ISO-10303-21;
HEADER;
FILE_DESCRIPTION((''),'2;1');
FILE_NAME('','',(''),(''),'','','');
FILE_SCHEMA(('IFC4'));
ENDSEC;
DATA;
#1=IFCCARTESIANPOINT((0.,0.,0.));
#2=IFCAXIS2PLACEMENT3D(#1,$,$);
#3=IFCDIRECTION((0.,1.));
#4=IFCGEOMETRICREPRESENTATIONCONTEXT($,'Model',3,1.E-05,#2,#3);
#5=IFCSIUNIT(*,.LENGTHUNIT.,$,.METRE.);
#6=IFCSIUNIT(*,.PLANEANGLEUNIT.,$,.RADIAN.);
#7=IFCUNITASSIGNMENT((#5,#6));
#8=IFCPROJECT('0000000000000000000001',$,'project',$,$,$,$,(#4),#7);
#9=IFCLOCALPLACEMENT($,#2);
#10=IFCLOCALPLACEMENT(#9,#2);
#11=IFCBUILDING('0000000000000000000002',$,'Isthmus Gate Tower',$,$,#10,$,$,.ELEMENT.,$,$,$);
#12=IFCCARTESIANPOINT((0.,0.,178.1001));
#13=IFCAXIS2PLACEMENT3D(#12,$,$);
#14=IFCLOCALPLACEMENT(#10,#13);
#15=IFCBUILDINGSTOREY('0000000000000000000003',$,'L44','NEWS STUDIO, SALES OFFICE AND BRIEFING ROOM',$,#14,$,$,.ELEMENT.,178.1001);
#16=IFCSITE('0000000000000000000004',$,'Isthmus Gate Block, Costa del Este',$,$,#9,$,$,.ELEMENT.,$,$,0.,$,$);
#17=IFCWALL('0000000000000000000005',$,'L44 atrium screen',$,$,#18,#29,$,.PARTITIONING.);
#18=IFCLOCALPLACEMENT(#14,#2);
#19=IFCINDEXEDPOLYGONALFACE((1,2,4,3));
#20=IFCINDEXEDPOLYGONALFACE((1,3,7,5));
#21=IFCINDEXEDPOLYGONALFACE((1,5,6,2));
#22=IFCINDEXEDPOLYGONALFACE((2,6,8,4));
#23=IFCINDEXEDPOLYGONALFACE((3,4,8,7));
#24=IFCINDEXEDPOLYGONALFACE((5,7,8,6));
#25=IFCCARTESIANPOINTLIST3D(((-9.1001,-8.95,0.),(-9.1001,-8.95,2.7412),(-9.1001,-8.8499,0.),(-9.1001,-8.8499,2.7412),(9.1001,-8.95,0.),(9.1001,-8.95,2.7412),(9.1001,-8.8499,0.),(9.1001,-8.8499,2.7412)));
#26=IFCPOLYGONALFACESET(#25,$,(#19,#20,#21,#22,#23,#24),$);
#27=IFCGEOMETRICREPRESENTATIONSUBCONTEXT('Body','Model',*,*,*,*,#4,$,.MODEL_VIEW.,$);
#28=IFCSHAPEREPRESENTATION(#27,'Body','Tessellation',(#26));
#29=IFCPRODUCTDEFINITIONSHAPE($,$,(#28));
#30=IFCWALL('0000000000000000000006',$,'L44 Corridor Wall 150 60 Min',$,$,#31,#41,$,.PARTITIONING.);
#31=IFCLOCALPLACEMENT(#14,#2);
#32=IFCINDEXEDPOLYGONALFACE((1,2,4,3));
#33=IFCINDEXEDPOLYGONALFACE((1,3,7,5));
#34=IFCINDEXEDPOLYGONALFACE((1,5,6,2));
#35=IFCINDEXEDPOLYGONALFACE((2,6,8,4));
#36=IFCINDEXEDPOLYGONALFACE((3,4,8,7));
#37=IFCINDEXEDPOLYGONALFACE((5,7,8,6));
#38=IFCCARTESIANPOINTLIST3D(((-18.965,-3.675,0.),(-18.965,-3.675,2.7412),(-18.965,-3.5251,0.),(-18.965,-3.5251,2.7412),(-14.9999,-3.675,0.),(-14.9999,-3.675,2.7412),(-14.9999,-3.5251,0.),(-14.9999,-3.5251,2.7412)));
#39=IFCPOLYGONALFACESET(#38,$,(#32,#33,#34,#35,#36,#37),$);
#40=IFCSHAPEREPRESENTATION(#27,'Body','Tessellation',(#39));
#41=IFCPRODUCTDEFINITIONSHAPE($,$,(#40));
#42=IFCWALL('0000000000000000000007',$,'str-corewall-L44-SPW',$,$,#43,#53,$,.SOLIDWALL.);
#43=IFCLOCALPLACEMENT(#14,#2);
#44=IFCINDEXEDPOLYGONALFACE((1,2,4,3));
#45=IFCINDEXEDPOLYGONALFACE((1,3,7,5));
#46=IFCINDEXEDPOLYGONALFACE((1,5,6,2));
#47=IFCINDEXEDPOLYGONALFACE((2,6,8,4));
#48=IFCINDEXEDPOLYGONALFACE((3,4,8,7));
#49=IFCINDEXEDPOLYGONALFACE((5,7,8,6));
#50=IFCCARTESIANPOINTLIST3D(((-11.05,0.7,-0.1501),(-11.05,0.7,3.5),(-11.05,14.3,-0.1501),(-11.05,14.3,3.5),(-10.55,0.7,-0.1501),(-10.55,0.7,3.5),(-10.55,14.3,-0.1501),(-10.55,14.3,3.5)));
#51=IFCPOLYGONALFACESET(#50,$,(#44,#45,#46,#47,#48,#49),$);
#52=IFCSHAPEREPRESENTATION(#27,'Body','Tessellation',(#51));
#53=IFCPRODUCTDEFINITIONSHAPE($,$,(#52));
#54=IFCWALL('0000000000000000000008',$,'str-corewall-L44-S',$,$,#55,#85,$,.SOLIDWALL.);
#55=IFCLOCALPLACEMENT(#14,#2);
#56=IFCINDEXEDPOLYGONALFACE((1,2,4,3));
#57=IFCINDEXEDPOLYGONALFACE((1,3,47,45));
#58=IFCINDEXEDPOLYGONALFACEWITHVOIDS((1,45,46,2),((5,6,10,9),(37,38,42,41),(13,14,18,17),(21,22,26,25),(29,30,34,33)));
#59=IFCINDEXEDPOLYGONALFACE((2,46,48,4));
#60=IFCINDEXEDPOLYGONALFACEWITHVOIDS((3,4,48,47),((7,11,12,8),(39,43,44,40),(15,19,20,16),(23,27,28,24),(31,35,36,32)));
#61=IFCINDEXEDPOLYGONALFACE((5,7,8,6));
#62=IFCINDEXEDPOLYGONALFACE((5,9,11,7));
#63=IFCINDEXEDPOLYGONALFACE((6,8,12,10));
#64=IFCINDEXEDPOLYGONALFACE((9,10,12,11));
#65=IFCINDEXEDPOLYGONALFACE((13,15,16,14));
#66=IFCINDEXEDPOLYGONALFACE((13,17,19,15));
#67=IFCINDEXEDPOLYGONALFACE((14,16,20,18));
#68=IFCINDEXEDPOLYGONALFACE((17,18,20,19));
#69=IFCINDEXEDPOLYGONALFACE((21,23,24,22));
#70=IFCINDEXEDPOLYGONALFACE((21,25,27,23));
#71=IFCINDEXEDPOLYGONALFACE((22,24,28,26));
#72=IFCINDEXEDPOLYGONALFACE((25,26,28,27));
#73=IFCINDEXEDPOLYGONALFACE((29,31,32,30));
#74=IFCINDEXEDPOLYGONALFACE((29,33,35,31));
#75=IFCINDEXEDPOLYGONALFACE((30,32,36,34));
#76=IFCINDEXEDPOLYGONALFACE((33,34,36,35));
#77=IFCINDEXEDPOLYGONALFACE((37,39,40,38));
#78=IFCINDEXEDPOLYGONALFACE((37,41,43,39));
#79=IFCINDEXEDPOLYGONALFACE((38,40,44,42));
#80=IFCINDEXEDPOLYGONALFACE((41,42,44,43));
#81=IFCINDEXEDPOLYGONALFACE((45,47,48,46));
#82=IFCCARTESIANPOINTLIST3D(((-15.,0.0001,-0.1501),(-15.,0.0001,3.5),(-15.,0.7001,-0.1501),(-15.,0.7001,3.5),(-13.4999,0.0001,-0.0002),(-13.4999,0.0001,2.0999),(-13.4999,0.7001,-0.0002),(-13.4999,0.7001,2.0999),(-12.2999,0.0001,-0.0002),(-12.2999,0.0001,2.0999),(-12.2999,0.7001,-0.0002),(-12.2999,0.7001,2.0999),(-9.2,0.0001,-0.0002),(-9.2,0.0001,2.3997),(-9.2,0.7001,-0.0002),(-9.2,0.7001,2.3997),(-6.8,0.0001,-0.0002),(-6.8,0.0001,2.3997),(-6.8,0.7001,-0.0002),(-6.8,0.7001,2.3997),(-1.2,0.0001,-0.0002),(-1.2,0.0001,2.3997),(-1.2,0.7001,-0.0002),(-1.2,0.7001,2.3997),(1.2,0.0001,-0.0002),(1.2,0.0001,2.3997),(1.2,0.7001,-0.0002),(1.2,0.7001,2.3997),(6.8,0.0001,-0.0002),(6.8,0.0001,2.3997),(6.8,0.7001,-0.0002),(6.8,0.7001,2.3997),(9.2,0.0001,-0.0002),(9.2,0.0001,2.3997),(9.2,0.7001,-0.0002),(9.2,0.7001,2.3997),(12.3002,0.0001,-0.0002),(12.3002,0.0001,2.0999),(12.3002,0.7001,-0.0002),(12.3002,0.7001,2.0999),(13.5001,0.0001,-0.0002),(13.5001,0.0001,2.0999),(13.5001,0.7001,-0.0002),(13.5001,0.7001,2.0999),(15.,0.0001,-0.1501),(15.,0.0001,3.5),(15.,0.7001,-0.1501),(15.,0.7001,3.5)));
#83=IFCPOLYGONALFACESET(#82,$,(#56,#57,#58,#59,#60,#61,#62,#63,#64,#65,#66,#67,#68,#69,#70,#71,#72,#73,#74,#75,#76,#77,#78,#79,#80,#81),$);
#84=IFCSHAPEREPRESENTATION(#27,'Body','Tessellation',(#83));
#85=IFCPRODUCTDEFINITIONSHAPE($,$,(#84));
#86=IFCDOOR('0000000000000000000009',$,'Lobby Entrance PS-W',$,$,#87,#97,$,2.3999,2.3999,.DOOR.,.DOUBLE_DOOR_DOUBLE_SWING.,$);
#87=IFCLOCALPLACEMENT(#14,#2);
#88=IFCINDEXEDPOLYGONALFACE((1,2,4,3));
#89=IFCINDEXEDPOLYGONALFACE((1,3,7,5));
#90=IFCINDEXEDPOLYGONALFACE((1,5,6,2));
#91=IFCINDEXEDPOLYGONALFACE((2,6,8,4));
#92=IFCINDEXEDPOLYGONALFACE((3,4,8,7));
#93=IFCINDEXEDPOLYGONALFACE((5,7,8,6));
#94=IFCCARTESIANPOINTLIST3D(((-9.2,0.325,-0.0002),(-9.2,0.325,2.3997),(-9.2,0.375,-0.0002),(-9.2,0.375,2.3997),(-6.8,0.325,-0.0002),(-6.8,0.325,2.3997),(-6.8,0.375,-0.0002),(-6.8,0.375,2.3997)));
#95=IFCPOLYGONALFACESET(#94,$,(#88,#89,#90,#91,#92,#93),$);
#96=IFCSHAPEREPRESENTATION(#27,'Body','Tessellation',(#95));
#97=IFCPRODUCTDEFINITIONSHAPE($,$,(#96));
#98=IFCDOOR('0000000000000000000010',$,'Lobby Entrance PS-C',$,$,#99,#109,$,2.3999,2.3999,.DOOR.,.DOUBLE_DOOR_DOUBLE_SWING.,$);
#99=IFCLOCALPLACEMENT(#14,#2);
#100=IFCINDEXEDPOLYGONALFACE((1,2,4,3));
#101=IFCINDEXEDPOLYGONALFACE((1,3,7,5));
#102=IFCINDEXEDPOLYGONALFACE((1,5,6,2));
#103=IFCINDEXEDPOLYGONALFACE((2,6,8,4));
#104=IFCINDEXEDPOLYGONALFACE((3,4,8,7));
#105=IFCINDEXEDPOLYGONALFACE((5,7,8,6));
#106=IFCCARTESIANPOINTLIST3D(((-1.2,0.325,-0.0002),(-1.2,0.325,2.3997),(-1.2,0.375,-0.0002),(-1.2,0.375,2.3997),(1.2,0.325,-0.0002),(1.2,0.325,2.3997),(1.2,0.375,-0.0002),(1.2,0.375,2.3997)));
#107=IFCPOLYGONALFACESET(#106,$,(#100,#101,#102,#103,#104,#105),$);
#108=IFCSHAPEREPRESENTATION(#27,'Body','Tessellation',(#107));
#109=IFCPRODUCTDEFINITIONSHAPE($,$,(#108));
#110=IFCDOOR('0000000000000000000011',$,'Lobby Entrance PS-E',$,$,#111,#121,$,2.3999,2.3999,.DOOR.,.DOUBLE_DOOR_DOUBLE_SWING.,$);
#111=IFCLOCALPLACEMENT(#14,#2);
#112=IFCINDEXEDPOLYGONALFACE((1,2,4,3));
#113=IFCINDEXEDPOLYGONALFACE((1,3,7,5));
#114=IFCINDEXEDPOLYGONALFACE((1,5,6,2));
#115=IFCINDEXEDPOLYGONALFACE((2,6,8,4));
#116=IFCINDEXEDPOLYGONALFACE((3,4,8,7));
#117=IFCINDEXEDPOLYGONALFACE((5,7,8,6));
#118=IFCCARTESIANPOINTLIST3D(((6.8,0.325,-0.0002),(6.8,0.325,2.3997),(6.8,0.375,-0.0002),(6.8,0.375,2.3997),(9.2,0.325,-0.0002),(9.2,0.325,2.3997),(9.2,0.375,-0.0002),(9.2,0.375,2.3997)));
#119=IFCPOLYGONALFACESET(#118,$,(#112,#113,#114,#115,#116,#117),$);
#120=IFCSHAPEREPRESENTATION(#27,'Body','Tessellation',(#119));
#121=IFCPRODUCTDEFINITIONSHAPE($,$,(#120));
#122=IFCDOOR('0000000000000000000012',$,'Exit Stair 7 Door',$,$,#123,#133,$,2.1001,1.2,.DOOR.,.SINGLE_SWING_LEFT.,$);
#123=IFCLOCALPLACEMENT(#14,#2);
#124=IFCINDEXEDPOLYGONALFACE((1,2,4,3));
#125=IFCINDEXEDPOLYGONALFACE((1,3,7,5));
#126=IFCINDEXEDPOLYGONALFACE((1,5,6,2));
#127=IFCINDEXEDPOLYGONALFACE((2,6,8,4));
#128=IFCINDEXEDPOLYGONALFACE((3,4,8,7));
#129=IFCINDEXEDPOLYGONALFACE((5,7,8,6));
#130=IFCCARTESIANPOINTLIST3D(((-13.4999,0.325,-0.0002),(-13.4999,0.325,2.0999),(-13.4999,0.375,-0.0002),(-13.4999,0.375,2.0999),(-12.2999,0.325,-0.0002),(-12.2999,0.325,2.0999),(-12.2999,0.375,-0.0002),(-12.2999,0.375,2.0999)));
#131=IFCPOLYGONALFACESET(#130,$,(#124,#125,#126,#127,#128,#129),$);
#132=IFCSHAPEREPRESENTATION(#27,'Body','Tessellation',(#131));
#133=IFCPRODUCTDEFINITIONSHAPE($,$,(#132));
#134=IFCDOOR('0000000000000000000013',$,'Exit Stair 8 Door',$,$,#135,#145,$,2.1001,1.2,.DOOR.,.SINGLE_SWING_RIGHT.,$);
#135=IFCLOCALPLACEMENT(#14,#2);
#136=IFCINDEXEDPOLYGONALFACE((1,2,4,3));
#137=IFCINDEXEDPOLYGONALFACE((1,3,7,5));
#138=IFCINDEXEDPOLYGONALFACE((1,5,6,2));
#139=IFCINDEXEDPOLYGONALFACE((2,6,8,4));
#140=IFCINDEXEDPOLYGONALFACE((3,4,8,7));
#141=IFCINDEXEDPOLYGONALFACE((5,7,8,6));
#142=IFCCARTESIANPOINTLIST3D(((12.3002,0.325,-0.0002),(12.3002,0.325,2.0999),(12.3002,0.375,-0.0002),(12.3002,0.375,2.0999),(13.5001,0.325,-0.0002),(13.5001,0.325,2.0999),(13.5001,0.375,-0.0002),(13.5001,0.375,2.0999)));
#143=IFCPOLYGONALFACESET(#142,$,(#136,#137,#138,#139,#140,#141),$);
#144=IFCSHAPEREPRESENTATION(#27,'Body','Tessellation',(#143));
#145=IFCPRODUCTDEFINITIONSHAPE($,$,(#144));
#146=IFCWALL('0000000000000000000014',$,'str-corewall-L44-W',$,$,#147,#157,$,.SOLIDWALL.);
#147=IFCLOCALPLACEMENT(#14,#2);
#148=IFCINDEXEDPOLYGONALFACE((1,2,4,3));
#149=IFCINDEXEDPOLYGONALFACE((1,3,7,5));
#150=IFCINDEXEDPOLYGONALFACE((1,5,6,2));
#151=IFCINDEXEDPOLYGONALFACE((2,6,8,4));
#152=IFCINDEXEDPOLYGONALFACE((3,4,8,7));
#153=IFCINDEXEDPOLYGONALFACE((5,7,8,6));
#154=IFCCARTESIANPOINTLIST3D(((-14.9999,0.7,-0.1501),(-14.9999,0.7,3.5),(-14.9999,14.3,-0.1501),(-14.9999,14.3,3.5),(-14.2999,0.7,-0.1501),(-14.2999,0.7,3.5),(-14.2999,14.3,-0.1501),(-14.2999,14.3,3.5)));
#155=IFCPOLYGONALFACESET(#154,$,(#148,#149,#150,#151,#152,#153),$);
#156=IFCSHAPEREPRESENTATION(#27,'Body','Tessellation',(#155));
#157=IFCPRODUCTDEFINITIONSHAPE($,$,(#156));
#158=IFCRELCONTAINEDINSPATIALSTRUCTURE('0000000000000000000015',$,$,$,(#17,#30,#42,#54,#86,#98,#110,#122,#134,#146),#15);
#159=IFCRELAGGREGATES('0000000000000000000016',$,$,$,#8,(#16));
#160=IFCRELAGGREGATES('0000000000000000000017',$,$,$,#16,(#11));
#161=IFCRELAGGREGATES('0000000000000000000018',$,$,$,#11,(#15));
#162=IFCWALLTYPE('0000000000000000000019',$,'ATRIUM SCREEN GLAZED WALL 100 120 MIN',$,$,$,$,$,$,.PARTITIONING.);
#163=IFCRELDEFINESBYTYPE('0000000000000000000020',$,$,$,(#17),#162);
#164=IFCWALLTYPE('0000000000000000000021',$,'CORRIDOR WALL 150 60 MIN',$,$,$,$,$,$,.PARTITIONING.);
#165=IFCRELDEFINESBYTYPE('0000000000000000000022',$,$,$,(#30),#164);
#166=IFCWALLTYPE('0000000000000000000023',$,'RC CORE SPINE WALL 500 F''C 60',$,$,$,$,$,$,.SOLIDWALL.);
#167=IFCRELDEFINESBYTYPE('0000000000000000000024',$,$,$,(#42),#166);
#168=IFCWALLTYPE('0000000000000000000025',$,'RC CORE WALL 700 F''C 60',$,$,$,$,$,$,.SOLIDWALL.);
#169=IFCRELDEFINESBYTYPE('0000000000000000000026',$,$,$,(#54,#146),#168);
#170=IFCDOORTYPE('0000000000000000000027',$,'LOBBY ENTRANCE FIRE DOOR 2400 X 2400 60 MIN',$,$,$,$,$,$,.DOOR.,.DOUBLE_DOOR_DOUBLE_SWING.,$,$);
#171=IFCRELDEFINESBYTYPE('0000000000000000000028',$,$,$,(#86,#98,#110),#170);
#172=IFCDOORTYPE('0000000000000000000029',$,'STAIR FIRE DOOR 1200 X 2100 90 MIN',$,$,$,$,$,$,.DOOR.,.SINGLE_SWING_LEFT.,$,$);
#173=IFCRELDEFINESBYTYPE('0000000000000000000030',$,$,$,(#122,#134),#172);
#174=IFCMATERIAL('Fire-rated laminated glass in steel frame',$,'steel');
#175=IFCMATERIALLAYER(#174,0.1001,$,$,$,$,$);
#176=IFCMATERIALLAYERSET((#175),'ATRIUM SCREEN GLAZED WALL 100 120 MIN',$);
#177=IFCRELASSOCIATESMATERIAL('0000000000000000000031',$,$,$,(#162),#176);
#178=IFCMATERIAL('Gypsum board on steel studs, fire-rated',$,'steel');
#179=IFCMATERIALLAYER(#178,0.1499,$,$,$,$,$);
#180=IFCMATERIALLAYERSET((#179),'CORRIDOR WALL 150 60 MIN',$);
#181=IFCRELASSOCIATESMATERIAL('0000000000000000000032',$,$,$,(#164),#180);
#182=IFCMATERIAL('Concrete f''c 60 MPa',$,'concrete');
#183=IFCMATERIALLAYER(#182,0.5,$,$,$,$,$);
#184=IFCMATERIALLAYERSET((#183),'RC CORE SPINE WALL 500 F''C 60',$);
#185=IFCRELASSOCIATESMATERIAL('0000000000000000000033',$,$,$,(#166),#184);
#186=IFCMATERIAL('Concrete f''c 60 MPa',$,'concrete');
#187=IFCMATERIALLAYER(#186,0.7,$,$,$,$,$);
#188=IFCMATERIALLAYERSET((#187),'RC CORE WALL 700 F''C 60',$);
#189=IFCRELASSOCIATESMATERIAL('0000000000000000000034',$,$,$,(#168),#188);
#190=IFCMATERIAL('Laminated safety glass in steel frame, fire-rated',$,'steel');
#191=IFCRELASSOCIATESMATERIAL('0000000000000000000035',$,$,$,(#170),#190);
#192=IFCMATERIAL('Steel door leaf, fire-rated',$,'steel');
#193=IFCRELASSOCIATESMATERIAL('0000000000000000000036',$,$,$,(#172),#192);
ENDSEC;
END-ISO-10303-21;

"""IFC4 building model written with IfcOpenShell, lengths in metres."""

from ifc_helpers import new_model, si_unit, direction, frame, frame_2d, origin, place, context, subcontext, project, spatial, rectangle, extrude, material, layer, layer_set, type_object, element, fill, save


model = new_model("IFC4")

# Units and contexts
model_context = context("Model", 3, precision=1e-05, world=origin(), true_north=direction((0.0, 1.0)))
body_context = subcontext(model_context, "Body", "Model", "MODEL_VIEW")
ifc_project = project(units=[si_unit("LENGTHUNIT", "METRE"), si_unit("PLANEANGLEUNIT", "RADIAN")], contexts=[model_context])

# Site, building, storey
site_placement = place(None, origin())
site = spatial("IfcSite", under=ifc_project, at=site_placement, Name="Isthmus Gate Block, Costa del Este", CompositionType="ELEMENT", RefElevation=0.0)
building_placement = place(site_placement, origin())
building = spatial("IfcBuilding", under=site, at=building_placement, Name="Isthmus Gate Tower", CompositionType="ELEMENT")
storey_placement = place(building_placement, frame((0.0, 0.0, 178.1001)))
storey = spatial("IfcBuildingStorey", under=building, at=storey_placement, Name="L44", Description="NEWS STUDIO, SALES OFFICE AND BRIEFING ROOM", CompositionType="ELEMENT", Elevation=178.1001)

# Walls
ifc_material_1 = material(Name="Fire-rated laminated glass in steel frame", Category="steel")
ifc_layer_1 = layer(ifc_material_1, 0.1001)
ifc_layer_set_1 = layer_set([ifc_layer_1], Name="ATRIUM SCREEN GLAZED WALL 100 120 MIN")
wall_type_1 = type_object("IfcWallType", Name="ATRIUM SCREEN GLAZED WALL 100 120 MIN", PredefinedType="PARTITIONING", material=ifc_layer_set_1)
wall_1_placement = place(storey_placement, frame((-9.1001, -8.8999, 0.0), z_axis=(0.0, 0.0, 1.0), x_axis=(1.0, 0.0, 0.0)))
element("IfcWall", 1, at=wall_1_placement, inside=storey, type_object=wall_type_1, Name="L44 atrium screen", PredefinedType="PARTITIONING", context=body_context, shape_type="SweptSolid", body=[
    extrude(rectangle(XDim=18.2002, YDim=0.1001, at=frame_2d((9.1001, 0.0))), origin(), (0.0, 0.0, 1.0), 2.7412),
])
ifc_material_2 = material(Name="Gypsum board on steel studs, fire-rated", Category="steel")
ifc_layer_2 = layer(ifc_material_2, 0.1499)
ifc_layer_set_2 = layer_set([ifc_layer_2], Name="CORRIDOR WALL 150 60 MIN")
wall_type_2 = type_object("IfcWallType", Name="CORRIDOR WALL 150 60 MIN", PredefinedType="PARTITIONING", material=ifc_layer_set_2)
wall_2_placement = place(storey_placement, frame((-15.0, -3.6001, 0.0), z_axis=(0.0, 0.0, 1.0), x_axis=(-1.0, 0.0, 0.0)))
element("IfcWall", 2, at=wall_2_placement, inside=storey, type_object=wall_type_2, Name="L44 Corridor Wall 150 60 Min", PredefinedType="PARTITIONING", context=body_context, shape_type="SweptSolid", body=[
    extrude(rectangle(XDim=3.9651, YDim=0.1499, at=frame_2d((1.9824, 0.0))), origin(), (0.0, 0.0, 1.0), 2.7412),
])
ifc_material_3 = material(Name="Concrete f'c 60 MPa", Category="concrete")
ifc_layer_3 = layer(ifc_material_3, 0.5)
ifc_layer_set_3 = layer_set([ifc_layer_3], Name="RC CORE SPINE WALL 500 F'C 60")
wall_type_3 = type_object("IfcWallType", Name="RC CORE SPINE WALL 500 F'C 60", PredefinedType="SOLIDWALL", material=ifc_layer_set_3)
wall_3_placement = place(storey_placement, frame((-10.8, 0.7, -0.1501), z_axis=(0.0, 0.0, 1.0), x_axis=(0.0, 1.0, 0.0)))
element("IfcWall", 3, at=wall_3_placement, inside=storey, type_object=wall_type_3, Name="str-corewall-L44-SPW", PredefinedType="SOLIDWALL", context=body_context, shape_type="SweptSolid", body=[
    extrude(rectangle(XDim=13.6001, YDim=0.5, at=frame_2d((6.8, 0.0))), origin(), (0.0, 0.0, 1.0), 3.6501),
])

# Wall, openings, doors
ifc_material_4 = material(Name="Concrete f'c 60 MPa", Category="concrete")
ifc_layer_4 = layer(ifc_material_4, 0.7)
ifc_layer_set_4 = layer_set([ifc_layer_4], Name="RC CORE WALL 700 F'C 60")
wall_type_4 = type_object("IfcWallType", Name="RC CORE WALL 700 F'C 60", PredefinedType="SOLIDWALL", material=ifc_layer_set_4)
wall_4_placement = place(storey_placement, frame((-15.0, 0.3501, -0.1501), z_axis=(0.0, 0.0, 1.0), x_axis=(1.0, 0.0, 0.0)))
wall_4 = element("IfcWall", 4, at=wall_4_placement, inside=storey, type_object=wall_type_4, Name="str-corewall-L44-S", PredefinedType="SOLIDWALL", context=body_context, shape_type="SweptSolid", body=[
    extrude(rectangle(XDim=30.0, YDim=0.7, at=frame_2d((15.0, 0.0))), origin(), (0.0, 0.0, 1.0), 3.6501),
])
opening_1_placement = place(wall_4_placement, frame((5.8, 0.0, 0.1499)))
opening_1 = element("IfcOpeningElement", 5, at=opening_1_placement, cuts=wall_4, PredefinedType="OPENING", context=body_context, shape_type="SweptSolid", body=[
    extrude(rectangle(XDim=2.3999, YDim=2.3999, at=frame_2d((1.2, 1.2))), frame((0.0, 0.3599, 0.0), z_axis=(0.0, -1.0, 0.0), x_axis=(1.0, 0.0, 0.0)), (0.0, 0.0, 1.0), 0.72),
])
opening_2_placement = place(wall_4_placement, frame((13.8, 0.0, 0.1499)))
opening_2 = element("IfcOpeningElement", 6, at=opening_2_placement, cuts=wall_4, PredefinedType="OPENING", context=body_context, shape_type="SweptSolid", body=[
    extrude(rectangle(XDim=2.3999, YDim=2.3999, at=frame_2d((1.2, 1.2))), frame((0.0, 0.3599, 0.0), z_axis=(0.0, -1.0, 0.0), x_axis=(1.0, 0.0, 0.0)), (0.0, 0.0, 1.0), 0.72),
])
opening_3_placement = place(wall_4_placement, frame((21.8, 0.0, 0.1499)))
opening_3 = element("IfcOpeningElement", 7, at=opening_3_placement, cuts=wall_4, PredefinedType="OPENING", context=body_context, shape_type="SweptSolid", body=[
    extrude(rectangle(XDim=2.3999, YDim=2.3999, at=frame_2d((1.2, 1.2))), frame((0.0, 0.3599, 0.0), z_axis=(0.0, -1.0, 0.0), x_axis=(1.0, 0.0, 0.0)), (0.0, 0.0, 1.0), 0.72),
])
opening_4_placement = place(wall_4_placement, frame((1.5, 0.0, 0.1499)))
opening_4 = element("IfcOpeningElement", 8, at=opening_4_placement, cuts=wall_4, PredefinedType="OPENING", context=body_context, shape_type="SweptSolid", body=[
    extrude(rectangle(XDim=1.2, YDim=2.1001, at=frame_2d((0.6001, 1.05))), frame((0.0, 0.3599, 0.0), z_axis=(0.0, -1.0, 0.0), x_axis=(1.0, 0.0, 0.0)), (0.0, 0.0, 1.0), 0.72),
])
opening_5_placement = place(wall_4_placement, frame((27.3, 0.0, 0.1499)))
opening_5 = element("IfcOpeningElement", 9, at=opening_5_placement, cuts=wall_4, PredefinedType="OPENING", context=body_context, shape_type="SweptSolid", body=[
    extrude(rectangle(XDim=1.2, YDim=2.1001, at=frame_2d((0.6001, 1.05))), frame((0.0, 0.3599, 0.0), z_axis=(0.0, -1.0, 0.0), x_axis=(1.0, 0.0, 0.0)), (0.0, 0.0, 1.0), 0.72),
])
ifc_material_5 = material(Name="Laminated safety glass in steel frame, fire-rated", Category="steel")
door_type_1 = type_object("IfcDoorType", Name="LOBBY ENTRANCE FIRE DOOR 2400 X 2400 60 MIN", OperationType="DOUBLE_DOOR_DOUBLE_SWING", PredefinedType="DOOR", material=ifc_material_5)
door_1_placement = place(opening_1_placement, origin())
door_1 = element("IfcDoor", 10, at=door_1_placement, inside=storey, type_object=door_type_1, Name="Lobby Entrance PS-W", OperationType="DOUBLE_DOOR_DOUBLE_SWING", OverallHeight=2.3999, OverallWidth=2.3999, PredefinedType="DOOR", context=body_context, shape_type="SweptSolid", body=[
    extrude(rectangle(XDim=2.3999, YDim=2.3999, at=frame_2d((1.2, 1.2))), frame((0.0, 0.0249, 0.0), z_axis=(0.0, -1.0, 0.0), x_axis=(1.0, 0.0, 0.0)), (0.0, 0.0, 1.0), 0.05),
])
fill(opening_1, door_1)
door_2_placement = place(opening_2_placement, origin())
door_2 = element("IfcDoor", 11, at=door_2_placement, inside=storey, type_object=door_type_1, Name="Lobby Entrance PS-C", OperationType="DOUBLE_DOOR_DOUBLE_SWING", OverallHeight=2.3999, OverallWidth=2.3999, PredefinedType="DOOR", context=body_context, shape_type="SweptSolid", body=[
    extrude(rectangle(XDim=2.3999, YDim=2.3999, at=frame_2d((1.2, 1.2))), frame((0.0, 0.0249, 0.0), z_axis=(0.0, -1.0, 0.0), x_axis=(1.0, 0.0, 0.0)), (0.0, 0.0, 1.0), 0.05),
])
fill(opening_2, door_2)
door_3_placement = place(opening_3_placement, origin())
door_3 = element("IfcDoor", 12, at=door_3_placement, inside=storey, type_object=door_type_1, Name="Lobby Entrance PS-E", OperationType="DOUBLE_DOOR_DOUBLE_SWING", OverallHeight=2.3999, OverallWidth=2.3999, PredefinedType="DOOR", context=body_context, shape_type="SweptSolid", body=[
    extrude(rectangle(XDim=2.3999, YDim=2.3999, at=frame_2d((1.2, 1.2))), frame((0.0, 0.0249, 0.0), z_axis=(0.0, -1.0, 0.0), x_axis=(1.0, 0.0, 0.0)), (0.0, 0.0, 1.0), 0.05),
])
fill(opening_3, door_3)
ifc_material_6 = material(Name="Steel door leaf, fire-rated", Category="steel")
door_type_2 = type_object("IfcDoorType", Name="STAIR FIRE DOOR 1200 X 2100 90 MIN", OperationType="SINGLE_SWING_LEFT", PredefinedType="DOOR", material=ifc_material_6)
door_4_placement = place(opening_4_placement, origin())
door_4 = element("IfcDoor", 13, at=door_4_placement, inside=storey, type_object=door_type_2, Name="Exit Stair 7 Door", OperationType="SINGLE_SWING_LEFT", OverallHeight=2.1001, OverallWidth=1.2, PredefinedType="DOOR", context=body_context, shape_type="SweptSolid", body=[
    extrude(rectangle(XDim=1.2, YDim=2.1001, at=frame_2d((0.6001, 1.05))), frame((0.0, 0.0249, 0.0), z_axis=(0.0, -1.0, 0.0), x_axis=(1.0, 0.0, 0.0)), (0.0, 0.0, 1.0), 0.05),
])
fill(opening_4, door_4)
door_5_placement = place(opening_5_placement, origin())
door_5 = element("IfcDoor", 14, at=door_5_placement, inside=storey, type_object=door_type_2, Name="Exit Stair 8 Door", OperationType="SINGLE_SWING_RIGHT", OverallHeight=2.1001, OverallWidth=1.2, PredefinedType="DOOR", context=body_context, shape_type="SweptSolid", body=[
    extrude(rectangle(XDim=1.2, YDim=2.1001, at=frame_2d((0.6001, 1.05))), frame((0.0, 0.0249, 0.0), z_axis=(0.0, -1.0, 0.0), x_axis=(1.0, 0.0, 0.0)), (0.0, 0.0, 1.0), 0.05),
])
fill(opening_5, door_5)

# Wall
wall_5_placement = place(storey_placement, frame((-14.6499, 0.7, -0.1501), z_axis=(0.0, 0.0, 1.0), x_axis=(0.0, 1.0, 0.0)))
element("IfcWall", 15, at=wall_5_placement, inside=storey, type_object=wall_type_4, Name="str-corewall-L44-W", PredefinedType="SOLIDWALL", context=body_context, shape_type="SweptSolid", body=[
    extrude(rectangle(XDim=13.6001, YDim=0.7, at=frame_2d((6.8, 0.0))), origin(), (0.0, 0.0, 1.0), 3.6501),
])

save(model, "model.ifc")
